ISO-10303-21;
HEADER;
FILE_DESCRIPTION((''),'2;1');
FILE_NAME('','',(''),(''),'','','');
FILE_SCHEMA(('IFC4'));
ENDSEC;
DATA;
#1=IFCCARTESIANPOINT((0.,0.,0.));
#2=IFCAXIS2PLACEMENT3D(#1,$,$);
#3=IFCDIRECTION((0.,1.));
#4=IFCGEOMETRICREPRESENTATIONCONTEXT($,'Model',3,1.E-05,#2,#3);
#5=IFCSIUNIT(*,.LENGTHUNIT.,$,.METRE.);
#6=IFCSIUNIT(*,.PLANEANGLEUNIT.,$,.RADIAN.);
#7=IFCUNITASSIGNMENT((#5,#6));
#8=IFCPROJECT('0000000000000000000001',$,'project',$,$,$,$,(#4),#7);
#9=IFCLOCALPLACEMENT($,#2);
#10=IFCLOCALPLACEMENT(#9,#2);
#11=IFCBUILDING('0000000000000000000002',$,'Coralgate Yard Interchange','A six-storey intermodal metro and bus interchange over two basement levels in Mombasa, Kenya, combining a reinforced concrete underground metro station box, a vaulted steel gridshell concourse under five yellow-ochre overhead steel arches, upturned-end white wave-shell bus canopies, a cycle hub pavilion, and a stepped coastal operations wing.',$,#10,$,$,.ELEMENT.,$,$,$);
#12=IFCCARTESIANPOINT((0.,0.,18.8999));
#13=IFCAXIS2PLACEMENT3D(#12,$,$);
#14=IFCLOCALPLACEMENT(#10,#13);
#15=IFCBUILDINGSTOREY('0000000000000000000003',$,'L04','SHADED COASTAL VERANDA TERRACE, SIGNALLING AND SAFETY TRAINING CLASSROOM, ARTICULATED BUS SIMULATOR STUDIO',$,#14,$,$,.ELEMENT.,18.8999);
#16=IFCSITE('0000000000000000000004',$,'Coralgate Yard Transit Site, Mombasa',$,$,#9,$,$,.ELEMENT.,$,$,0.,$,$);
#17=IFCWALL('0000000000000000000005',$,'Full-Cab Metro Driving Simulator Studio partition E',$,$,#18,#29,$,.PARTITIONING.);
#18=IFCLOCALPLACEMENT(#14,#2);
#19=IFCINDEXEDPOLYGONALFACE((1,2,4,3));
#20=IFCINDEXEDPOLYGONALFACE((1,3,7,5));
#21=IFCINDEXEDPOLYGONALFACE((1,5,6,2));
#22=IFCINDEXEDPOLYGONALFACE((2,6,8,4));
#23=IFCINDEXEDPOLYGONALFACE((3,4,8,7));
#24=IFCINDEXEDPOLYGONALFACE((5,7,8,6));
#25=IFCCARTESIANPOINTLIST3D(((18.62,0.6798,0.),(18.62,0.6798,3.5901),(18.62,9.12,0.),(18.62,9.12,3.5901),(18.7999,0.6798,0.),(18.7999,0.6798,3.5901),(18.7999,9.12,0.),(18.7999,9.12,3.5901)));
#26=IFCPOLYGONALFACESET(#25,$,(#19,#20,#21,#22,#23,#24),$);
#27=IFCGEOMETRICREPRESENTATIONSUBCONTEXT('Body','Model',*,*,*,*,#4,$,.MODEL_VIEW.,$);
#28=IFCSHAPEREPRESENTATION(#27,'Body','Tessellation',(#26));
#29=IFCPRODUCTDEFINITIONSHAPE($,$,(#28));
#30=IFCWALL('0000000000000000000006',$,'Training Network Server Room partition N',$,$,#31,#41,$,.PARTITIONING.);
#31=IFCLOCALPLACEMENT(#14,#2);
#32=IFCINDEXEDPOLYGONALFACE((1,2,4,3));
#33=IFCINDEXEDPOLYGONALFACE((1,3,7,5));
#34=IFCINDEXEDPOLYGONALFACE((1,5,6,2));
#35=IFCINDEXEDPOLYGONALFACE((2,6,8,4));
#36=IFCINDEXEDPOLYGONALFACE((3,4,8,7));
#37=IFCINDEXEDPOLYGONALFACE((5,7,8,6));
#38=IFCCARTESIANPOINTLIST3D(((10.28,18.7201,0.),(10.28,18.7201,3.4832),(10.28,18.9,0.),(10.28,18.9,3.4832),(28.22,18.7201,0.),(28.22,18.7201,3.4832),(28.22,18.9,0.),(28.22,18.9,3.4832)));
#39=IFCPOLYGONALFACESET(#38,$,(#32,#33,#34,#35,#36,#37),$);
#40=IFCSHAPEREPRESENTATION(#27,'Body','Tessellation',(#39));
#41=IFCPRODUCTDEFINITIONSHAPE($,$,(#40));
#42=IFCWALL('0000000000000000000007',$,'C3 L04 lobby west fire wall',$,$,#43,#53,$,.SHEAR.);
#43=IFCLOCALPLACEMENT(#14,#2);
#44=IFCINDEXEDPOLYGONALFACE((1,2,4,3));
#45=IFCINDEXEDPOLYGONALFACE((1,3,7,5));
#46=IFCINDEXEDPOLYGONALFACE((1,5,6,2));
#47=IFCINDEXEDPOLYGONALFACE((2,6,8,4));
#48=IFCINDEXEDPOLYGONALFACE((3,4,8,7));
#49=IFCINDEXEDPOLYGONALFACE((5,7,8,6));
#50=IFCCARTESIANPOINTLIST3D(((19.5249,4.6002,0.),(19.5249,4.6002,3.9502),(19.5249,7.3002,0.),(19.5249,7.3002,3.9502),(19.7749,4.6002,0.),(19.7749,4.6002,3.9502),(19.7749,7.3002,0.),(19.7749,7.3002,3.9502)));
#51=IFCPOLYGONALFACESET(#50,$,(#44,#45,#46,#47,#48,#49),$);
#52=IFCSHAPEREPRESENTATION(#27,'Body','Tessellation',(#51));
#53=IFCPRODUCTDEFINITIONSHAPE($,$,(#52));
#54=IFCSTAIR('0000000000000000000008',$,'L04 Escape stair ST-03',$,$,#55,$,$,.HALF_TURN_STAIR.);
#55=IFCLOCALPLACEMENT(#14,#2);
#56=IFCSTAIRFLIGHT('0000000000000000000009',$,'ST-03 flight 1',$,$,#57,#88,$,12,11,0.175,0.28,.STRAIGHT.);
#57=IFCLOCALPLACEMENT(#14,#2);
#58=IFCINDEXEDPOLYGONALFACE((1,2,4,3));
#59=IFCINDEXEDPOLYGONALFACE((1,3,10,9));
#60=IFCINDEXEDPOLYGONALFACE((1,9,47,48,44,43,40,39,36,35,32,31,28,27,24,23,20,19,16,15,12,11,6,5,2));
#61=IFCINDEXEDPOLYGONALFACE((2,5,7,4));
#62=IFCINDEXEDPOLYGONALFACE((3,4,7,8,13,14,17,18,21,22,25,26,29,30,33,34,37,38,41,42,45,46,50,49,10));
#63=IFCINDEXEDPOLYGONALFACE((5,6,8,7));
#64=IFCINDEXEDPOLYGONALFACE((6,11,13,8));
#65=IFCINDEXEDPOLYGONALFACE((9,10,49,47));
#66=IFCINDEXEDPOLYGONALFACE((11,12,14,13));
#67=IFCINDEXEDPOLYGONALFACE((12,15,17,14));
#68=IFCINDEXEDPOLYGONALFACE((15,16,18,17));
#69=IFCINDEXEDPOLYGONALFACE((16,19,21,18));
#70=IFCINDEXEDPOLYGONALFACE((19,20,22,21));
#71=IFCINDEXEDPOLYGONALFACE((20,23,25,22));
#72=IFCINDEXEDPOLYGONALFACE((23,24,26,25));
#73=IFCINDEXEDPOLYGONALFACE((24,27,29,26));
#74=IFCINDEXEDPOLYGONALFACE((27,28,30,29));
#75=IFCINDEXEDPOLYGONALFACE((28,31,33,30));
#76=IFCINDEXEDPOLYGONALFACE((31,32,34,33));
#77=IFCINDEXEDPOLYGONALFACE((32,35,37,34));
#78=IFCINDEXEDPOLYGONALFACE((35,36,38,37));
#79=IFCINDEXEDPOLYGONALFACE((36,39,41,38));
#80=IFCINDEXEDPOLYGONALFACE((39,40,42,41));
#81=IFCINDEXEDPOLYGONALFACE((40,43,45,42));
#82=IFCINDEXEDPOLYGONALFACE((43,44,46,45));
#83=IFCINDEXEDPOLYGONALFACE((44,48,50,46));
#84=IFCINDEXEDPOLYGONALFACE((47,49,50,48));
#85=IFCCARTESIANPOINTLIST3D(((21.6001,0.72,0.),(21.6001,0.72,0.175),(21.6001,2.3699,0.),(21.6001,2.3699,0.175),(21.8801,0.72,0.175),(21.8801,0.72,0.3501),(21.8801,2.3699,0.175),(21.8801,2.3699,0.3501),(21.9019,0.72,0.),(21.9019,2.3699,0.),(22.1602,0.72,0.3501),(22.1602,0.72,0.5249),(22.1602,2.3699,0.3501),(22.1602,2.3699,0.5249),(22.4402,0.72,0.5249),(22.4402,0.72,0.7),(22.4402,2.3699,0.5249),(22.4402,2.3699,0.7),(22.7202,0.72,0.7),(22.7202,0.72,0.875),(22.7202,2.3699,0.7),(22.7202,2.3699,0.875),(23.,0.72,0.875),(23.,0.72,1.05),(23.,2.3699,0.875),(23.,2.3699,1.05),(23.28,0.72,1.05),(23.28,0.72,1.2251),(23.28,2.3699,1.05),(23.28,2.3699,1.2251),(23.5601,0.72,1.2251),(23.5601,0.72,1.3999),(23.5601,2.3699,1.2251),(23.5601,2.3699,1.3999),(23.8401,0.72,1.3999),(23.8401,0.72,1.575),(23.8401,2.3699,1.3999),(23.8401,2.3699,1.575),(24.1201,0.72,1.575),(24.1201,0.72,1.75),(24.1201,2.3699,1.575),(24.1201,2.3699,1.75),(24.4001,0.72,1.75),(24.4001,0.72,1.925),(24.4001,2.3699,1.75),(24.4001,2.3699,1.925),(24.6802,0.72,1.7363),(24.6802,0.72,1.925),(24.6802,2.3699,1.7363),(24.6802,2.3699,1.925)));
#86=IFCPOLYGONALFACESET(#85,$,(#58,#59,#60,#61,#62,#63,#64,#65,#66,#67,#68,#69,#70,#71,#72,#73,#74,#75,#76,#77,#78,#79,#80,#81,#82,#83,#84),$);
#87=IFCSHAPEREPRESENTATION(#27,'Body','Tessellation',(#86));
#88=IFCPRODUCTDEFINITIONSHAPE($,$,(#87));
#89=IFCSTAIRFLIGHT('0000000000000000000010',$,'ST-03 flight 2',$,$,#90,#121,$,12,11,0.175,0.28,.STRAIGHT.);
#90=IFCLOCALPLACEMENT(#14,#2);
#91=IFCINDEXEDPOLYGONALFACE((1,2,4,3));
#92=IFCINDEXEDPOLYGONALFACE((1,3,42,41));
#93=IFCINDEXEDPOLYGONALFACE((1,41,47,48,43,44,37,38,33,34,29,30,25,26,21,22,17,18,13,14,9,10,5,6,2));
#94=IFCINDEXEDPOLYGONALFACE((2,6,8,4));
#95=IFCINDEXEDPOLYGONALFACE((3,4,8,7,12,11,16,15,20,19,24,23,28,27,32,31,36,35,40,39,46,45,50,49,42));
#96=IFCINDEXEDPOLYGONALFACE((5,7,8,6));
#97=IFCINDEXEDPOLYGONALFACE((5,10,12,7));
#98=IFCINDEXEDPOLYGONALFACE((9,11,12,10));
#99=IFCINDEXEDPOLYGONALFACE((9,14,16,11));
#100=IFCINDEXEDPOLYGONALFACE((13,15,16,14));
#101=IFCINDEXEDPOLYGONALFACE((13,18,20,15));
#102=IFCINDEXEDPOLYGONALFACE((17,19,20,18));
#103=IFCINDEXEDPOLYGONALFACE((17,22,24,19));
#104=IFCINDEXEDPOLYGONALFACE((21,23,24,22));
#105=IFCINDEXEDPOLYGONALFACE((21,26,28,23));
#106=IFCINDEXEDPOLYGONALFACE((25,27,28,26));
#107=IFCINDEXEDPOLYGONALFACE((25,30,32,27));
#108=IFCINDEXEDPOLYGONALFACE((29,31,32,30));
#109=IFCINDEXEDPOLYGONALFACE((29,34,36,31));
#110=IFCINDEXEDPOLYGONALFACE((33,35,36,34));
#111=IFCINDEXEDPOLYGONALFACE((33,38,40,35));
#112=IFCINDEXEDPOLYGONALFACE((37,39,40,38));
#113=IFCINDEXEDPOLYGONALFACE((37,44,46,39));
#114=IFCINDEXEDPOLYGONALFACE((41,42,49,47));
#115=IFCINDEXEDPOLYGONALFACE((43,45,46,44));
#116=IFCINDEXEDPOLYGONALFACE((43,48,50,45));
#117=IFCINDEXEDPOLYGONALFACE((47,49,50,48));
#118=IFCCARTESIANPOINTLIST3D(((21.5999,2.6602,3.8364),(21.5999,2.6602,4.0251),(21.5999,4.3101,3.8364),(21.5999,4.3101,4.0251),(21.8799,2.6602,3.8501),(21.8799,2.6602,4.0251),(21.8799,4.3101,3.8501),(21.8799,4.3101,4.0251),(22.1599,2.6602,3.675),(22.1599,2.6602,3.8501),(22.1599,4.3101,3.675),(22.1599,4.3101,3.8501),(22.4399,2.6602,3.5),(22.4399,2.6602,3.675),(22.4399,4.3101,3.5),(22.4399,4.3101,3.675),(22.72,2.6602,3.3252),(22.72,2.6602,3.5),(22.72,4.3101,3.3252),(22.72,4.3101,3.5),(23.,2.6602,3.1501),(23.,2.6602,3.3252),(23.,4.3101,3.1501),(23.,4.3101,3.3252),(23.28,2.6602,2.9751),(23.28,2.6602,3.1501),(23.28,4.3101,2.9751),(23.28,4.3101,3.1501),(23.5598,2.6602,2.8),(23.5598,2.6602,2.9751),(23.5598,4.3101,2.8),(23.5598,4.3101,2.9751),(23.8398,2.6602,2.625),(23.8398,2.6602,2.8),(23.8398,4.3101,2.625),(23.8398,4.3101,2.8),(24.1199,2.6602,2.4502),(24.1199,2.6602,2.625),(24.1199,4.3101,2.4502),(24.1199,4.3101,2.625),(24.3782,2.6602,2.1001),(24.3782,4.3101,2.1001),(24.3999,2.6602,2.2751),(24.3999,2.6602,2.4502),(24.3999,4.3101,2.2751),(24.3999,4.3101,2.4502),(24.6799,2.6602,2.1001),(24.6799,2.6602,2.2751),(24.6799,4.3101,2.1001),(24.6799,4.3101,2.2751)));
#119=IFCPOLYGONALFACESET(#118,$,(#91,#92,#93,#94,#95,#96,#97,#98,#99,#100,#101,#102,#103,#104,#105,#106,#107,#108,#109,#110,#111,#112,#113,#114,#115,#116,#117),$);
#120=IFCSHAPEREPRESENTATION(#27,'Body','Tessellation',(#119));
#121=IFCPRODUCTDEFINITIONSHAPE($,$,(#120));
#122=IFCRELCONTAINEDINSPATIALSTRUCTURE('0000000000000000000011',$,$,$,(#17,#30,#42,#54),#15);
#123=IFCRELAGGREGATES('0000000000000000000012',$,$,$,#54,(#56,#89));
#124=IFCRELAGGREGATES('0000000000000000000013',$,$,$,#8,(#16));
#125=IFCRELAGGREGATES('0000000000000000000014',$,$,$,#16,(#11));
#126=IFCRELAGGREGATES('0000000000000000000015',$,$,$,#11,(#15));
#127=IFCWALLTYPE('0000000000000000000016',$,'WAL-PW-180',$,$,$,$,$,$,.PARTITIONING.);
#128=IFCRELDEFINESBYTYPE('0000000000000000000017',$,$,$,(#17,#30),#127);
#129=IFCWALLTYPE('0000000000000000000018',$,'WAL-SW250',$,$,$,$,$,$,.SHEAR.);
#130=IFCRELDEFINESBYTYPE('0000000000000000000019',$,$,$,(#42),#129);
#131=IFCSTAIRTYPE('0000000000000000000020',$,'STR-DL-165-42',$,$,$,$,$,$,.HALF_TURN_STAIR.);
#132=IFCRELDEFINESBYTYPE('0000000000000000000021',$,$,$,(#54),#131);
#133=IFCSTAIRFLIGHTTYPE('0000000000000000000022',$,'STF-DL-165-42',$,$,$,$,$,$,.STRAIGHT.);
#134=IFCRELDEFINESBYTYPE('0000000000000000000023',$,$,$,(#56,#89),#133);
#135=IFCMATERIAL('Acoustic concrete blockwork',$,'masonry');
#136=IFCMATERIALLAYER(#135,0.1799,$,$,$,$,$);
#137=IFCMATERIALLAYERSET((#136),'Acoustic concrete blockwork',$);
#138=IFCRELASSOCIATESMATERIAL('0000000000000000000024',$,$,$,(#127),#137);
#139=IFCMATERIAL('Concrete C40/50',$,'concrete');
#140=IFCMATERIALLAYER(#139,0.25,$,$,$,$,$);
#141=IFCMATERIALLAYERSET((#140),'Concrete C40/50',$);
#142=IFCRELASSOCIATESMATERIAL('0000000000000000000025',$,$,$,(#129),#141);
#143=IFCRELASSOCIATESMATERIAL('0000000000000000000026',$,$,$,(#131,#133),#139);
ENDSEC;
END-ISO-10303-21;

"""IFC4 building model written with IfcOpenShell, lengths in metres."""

from ifc_helpers import new_model, si_unit, direction, frame, frame_2d, origin, place, context, subcontext, project, spatial, polyline, rectangle, outline, extrude, material, layer, layer_set, type_object, element, aggregate, save


model = new_model("IFC4")

# Units and contexts
model_context = context("Model", 3, precision=1e-05, world=origin(), true_north=direction((0.0, 1.0)))
body_context = subcontext(model_context, "Body", "Model", "MODEL_VIEW")
ifc_project = project(units=[si_unit("LENGTHUNIT", "METRE"), si_unit("PLANEANGLEUNIT", "RADIAN")], contexts=[model_context])

# Site, building, storey
site_placement = place(None, origin())
site = spatial("IfcSite", under=ifc_project, at=site_placement, Name="Coralgate Yard Transit Site, Mombasa", CompositionType="ELEMENT", RefElevation=0.0)
building_placement = place(site_placement, origin())
building = spatial("IfcBuilding", under=site, at=building_placement, Name="Coralgate Yard Interchange", Description="A six-storey intermodal metro and bus interchange over two basement levels in Mombasa, Kenya, combining a reinforced concrete underground metro station box, a vaulted steel gridshell concourse under five yellow-ochre overhead steel arches, upturned-end white wave-shell bus canopies, a cycle hub pavilion, and a stepped coastal operations wing.", CompositionType="ELEMENT")
storey_placement = place(building_placement, frame((0.0, 0.0, 18.8999)))
storey = spatial("IfcBuildingStorey", under=building, at=storey_placement, Name="L04", Description="SHADED COASTAL VERANDA TERRACE, SIGNALLING AND SAFETY TRAINING CLASSROOM, ARTICULATED BUS SIMULATOR STUDIO", CompositionType="ELEMENT", Elevation=18.8999)

# Walls
ifc_material_1 = material(Name="Acoustic concrete blockwork", Category="masonry")
ifc_layer_1 = layer(ifc_material_1, 0.1799)
ifc_layer_set_1 = layer_set([ifc_layer_1], Name="Acoustic concrete blockwork")
wall_type_1 = type_object("IfcWallType", Name="WAL-PW-180", PredefinedType="PARTITIONING", material=ifc_layer_set_1)
wall_1_placement = place(storey_placement, frame((18.71, 9.1201, 0.0), z_axis=(0.0, 0.0, 1.0), x_axis=(0.0, -1.0, 0.0)))
element("IfcWall", 1, at=wall_1_placement, inside=storey, type_object=wall_type_1, Name="Full-Cab Metro Driving Simulator Studio partition E", PredefinedType="PARTITIONING", context=body_context, shape_type="SweptSolid", body=[
    extrude(rectangle(XDim=8.4402, YDim=0.1799, at=frame_2d((4.2202, 0.0))), origin(), (0.0, 0.0, 1.0), 3.5901),
])
wall_2_placement = place(storey_placement, frame((10.28, 18.8101, 0.0), z_axis=(0.0, 0.0, 1.0), x_axis=(1.0, 0.0, 0.0)))
element("IfcWall", 2, at=wall_2_placement, inside=storey, type_object=wall_type_1, Name="Training Network Server Room partition N", PredefinedType="PARTITIONING", context=body_context, shape_type="SweptSolid", body=[
    extrude(rectangle(XDim=17.9399, YDim=0.1799, at=frame_2d((8.97, 0.0))), origin(), (0.0, 0.0, 1.0), 3.4832),
])
ifc_material_2 = material(Name="Concrete C40/50", Category="concrete")
ifc_layer_2 = layer(ifc_material_2, 0.25)
ifc_layer_set_2 = layer_set([ifc_layer_2], Name="Concrete C40/50")
wall_type_2 = type_object("IfcWallType", Name="WAL-SW250", PredefinedType="SHEAR", material=ifc_layer_set_2)
wall_3_placement = place(storey_placement, frame((19.6499, 4.6001, 0.0), z_axis=(0.0, 0.0, 1.0), x_axis=(0.0, 1.0, 0.0)))
element("IfcWall", 3, at=wall_3_placement, inside=storey, type_object=wall_type_2, Name="C3 L04 lobby west fire wall", PredefinedType="SHEAR", context=body_context, shape_type="SweptSolid", body=[
    extrude(rectangle(XDim=2.7, YDim=0.25, at=frame_2d((1.3501, 0.0))), origin(), (0.0, 0.0, 1.0), 3.9502),
])

# Stair, stair flights
stair_type = type_object("IfcStairType", Name="STR-DL-165-42", PredefinedType="HALF_TURN_STAIR", material=ifc_material_2)
stair_placement = place(storey_placement, origin())
stair = element("IfcStair", 4, at=stair_placement, inside=storey, type_object=stair_type, Name="L04 Escape stair ST-03", PredefinedType="HALF_TURN_STAIR")
stair_flight_type = type_object("IfcStairFlightType", Name="STF-DL-165-42", PredefinedType="STRAIGHT", material=ifc_material_2)
stair_flight_1_placement = place(storey_placement, frame((21.6001, 1.5449, 0.0), z_axis=(0.0, 0.0, 1.0), x_axis=(1.0, 0.0, 0.0)))
stair_flight_1 = element("IfcStairFlight", 5, at=stair_flight_1_placement, type_object=stair_flight_type, Name="ST-03 flight 1", NumberOfRisers=12, NumberOfTreads=11, PredefinedType="STRAIGHT", RiserHeight=0.175, TreadLength=0.28, context=body_context, shape_type="SweptSolid", body=[
    extrude(outline(polyline([(0.0, 0.0), (0.0, 0.175), (0.28, 0.175), (0.28, 0.3501), (0.5601, 0.3501), (0.5601, 0.5249), (0.8401, 0.5249), (0.8401, 0.7), (1.1201, 0.7), (1.1201, 0.875), (1.3999, 0.875), (1.3999, 1.05), (1.6799, 1.05), (1.6799, 1.2251), (1.96, 1.2251), (1.96, 1.3999), (2.24, 1.3999), (2.24, 1.575), (2.52, 1.575), (2.52, 1.75), (2.8, 1.75), (2.8, 1.925), (3.0801, 1.925), (3.0801, 2.1001), (3.0801, 1.7363), (0.3018, 0.0), (0.0, 0.0)])), frame((0.0, 0.825, 0.0), z_axis=(0.0, -1.0, 0.0), x_axis=(1.0, 0.0, 0.0)), (0.0, 0.0, 1.0), 1.6499),
])
stair_flight_2_placement = place(storey_placement, frame((24.6799, 3.4851, 2.1001), z_axis=(0.0, 0.0, 1.0), x_axis=(-1.0, 0.0, 0.0)))
stair_flight_2 = element("IfcStairFlight", 6, at=stair_flight_2_placement, type_object=stair_flight_type, Name="ST-03 flight 2", NumberOfRisers=12, NumberOfTreads=11, PredefinedType="STRAIGHT", RiserHeight=0.175, TreadLength=0.28, context=body_context, shape_type="SweptSolid", body=[
    extrude(outline(polyline([(0.0, 0.0), (0.0, 0.175), (0.28, 0.175), (0.28, 0.3501), (0.5601, 0.3501), (0.5601, 0.5249), (0.8401, 0.5249), (0.8401, 0.7), (1.1201, 0.7), (1.1201, 0.875), (1.3999, 0.875), (1.3999, 1.05), (1.6799, 1.05), (1.6799, 1.2251), (1.96, 1.2251), (1.96, 1.3999), (2.24, 1.3999), (2.24, 1.575), (2.52, 1.575), (2.52, 1.75), (2.8, 1.75), (2.8, 1.925), (3.0801, 1.925), (3.0801, 2.1001), (3.0801, 1.7363), (0.3018, 0.0), (0.0, 0.0)])), frame((0.0, 0.825, 0.0), z_axis=(0.0, -1.0, 0.0), x_axis=(1.0, 0.0, 0.0)), (0.0, 0.0, 1.0), 1.6499),
])
aggregate(stair, [stair_flight_1, stair_flight_2])

save(model, "model.ifc")
